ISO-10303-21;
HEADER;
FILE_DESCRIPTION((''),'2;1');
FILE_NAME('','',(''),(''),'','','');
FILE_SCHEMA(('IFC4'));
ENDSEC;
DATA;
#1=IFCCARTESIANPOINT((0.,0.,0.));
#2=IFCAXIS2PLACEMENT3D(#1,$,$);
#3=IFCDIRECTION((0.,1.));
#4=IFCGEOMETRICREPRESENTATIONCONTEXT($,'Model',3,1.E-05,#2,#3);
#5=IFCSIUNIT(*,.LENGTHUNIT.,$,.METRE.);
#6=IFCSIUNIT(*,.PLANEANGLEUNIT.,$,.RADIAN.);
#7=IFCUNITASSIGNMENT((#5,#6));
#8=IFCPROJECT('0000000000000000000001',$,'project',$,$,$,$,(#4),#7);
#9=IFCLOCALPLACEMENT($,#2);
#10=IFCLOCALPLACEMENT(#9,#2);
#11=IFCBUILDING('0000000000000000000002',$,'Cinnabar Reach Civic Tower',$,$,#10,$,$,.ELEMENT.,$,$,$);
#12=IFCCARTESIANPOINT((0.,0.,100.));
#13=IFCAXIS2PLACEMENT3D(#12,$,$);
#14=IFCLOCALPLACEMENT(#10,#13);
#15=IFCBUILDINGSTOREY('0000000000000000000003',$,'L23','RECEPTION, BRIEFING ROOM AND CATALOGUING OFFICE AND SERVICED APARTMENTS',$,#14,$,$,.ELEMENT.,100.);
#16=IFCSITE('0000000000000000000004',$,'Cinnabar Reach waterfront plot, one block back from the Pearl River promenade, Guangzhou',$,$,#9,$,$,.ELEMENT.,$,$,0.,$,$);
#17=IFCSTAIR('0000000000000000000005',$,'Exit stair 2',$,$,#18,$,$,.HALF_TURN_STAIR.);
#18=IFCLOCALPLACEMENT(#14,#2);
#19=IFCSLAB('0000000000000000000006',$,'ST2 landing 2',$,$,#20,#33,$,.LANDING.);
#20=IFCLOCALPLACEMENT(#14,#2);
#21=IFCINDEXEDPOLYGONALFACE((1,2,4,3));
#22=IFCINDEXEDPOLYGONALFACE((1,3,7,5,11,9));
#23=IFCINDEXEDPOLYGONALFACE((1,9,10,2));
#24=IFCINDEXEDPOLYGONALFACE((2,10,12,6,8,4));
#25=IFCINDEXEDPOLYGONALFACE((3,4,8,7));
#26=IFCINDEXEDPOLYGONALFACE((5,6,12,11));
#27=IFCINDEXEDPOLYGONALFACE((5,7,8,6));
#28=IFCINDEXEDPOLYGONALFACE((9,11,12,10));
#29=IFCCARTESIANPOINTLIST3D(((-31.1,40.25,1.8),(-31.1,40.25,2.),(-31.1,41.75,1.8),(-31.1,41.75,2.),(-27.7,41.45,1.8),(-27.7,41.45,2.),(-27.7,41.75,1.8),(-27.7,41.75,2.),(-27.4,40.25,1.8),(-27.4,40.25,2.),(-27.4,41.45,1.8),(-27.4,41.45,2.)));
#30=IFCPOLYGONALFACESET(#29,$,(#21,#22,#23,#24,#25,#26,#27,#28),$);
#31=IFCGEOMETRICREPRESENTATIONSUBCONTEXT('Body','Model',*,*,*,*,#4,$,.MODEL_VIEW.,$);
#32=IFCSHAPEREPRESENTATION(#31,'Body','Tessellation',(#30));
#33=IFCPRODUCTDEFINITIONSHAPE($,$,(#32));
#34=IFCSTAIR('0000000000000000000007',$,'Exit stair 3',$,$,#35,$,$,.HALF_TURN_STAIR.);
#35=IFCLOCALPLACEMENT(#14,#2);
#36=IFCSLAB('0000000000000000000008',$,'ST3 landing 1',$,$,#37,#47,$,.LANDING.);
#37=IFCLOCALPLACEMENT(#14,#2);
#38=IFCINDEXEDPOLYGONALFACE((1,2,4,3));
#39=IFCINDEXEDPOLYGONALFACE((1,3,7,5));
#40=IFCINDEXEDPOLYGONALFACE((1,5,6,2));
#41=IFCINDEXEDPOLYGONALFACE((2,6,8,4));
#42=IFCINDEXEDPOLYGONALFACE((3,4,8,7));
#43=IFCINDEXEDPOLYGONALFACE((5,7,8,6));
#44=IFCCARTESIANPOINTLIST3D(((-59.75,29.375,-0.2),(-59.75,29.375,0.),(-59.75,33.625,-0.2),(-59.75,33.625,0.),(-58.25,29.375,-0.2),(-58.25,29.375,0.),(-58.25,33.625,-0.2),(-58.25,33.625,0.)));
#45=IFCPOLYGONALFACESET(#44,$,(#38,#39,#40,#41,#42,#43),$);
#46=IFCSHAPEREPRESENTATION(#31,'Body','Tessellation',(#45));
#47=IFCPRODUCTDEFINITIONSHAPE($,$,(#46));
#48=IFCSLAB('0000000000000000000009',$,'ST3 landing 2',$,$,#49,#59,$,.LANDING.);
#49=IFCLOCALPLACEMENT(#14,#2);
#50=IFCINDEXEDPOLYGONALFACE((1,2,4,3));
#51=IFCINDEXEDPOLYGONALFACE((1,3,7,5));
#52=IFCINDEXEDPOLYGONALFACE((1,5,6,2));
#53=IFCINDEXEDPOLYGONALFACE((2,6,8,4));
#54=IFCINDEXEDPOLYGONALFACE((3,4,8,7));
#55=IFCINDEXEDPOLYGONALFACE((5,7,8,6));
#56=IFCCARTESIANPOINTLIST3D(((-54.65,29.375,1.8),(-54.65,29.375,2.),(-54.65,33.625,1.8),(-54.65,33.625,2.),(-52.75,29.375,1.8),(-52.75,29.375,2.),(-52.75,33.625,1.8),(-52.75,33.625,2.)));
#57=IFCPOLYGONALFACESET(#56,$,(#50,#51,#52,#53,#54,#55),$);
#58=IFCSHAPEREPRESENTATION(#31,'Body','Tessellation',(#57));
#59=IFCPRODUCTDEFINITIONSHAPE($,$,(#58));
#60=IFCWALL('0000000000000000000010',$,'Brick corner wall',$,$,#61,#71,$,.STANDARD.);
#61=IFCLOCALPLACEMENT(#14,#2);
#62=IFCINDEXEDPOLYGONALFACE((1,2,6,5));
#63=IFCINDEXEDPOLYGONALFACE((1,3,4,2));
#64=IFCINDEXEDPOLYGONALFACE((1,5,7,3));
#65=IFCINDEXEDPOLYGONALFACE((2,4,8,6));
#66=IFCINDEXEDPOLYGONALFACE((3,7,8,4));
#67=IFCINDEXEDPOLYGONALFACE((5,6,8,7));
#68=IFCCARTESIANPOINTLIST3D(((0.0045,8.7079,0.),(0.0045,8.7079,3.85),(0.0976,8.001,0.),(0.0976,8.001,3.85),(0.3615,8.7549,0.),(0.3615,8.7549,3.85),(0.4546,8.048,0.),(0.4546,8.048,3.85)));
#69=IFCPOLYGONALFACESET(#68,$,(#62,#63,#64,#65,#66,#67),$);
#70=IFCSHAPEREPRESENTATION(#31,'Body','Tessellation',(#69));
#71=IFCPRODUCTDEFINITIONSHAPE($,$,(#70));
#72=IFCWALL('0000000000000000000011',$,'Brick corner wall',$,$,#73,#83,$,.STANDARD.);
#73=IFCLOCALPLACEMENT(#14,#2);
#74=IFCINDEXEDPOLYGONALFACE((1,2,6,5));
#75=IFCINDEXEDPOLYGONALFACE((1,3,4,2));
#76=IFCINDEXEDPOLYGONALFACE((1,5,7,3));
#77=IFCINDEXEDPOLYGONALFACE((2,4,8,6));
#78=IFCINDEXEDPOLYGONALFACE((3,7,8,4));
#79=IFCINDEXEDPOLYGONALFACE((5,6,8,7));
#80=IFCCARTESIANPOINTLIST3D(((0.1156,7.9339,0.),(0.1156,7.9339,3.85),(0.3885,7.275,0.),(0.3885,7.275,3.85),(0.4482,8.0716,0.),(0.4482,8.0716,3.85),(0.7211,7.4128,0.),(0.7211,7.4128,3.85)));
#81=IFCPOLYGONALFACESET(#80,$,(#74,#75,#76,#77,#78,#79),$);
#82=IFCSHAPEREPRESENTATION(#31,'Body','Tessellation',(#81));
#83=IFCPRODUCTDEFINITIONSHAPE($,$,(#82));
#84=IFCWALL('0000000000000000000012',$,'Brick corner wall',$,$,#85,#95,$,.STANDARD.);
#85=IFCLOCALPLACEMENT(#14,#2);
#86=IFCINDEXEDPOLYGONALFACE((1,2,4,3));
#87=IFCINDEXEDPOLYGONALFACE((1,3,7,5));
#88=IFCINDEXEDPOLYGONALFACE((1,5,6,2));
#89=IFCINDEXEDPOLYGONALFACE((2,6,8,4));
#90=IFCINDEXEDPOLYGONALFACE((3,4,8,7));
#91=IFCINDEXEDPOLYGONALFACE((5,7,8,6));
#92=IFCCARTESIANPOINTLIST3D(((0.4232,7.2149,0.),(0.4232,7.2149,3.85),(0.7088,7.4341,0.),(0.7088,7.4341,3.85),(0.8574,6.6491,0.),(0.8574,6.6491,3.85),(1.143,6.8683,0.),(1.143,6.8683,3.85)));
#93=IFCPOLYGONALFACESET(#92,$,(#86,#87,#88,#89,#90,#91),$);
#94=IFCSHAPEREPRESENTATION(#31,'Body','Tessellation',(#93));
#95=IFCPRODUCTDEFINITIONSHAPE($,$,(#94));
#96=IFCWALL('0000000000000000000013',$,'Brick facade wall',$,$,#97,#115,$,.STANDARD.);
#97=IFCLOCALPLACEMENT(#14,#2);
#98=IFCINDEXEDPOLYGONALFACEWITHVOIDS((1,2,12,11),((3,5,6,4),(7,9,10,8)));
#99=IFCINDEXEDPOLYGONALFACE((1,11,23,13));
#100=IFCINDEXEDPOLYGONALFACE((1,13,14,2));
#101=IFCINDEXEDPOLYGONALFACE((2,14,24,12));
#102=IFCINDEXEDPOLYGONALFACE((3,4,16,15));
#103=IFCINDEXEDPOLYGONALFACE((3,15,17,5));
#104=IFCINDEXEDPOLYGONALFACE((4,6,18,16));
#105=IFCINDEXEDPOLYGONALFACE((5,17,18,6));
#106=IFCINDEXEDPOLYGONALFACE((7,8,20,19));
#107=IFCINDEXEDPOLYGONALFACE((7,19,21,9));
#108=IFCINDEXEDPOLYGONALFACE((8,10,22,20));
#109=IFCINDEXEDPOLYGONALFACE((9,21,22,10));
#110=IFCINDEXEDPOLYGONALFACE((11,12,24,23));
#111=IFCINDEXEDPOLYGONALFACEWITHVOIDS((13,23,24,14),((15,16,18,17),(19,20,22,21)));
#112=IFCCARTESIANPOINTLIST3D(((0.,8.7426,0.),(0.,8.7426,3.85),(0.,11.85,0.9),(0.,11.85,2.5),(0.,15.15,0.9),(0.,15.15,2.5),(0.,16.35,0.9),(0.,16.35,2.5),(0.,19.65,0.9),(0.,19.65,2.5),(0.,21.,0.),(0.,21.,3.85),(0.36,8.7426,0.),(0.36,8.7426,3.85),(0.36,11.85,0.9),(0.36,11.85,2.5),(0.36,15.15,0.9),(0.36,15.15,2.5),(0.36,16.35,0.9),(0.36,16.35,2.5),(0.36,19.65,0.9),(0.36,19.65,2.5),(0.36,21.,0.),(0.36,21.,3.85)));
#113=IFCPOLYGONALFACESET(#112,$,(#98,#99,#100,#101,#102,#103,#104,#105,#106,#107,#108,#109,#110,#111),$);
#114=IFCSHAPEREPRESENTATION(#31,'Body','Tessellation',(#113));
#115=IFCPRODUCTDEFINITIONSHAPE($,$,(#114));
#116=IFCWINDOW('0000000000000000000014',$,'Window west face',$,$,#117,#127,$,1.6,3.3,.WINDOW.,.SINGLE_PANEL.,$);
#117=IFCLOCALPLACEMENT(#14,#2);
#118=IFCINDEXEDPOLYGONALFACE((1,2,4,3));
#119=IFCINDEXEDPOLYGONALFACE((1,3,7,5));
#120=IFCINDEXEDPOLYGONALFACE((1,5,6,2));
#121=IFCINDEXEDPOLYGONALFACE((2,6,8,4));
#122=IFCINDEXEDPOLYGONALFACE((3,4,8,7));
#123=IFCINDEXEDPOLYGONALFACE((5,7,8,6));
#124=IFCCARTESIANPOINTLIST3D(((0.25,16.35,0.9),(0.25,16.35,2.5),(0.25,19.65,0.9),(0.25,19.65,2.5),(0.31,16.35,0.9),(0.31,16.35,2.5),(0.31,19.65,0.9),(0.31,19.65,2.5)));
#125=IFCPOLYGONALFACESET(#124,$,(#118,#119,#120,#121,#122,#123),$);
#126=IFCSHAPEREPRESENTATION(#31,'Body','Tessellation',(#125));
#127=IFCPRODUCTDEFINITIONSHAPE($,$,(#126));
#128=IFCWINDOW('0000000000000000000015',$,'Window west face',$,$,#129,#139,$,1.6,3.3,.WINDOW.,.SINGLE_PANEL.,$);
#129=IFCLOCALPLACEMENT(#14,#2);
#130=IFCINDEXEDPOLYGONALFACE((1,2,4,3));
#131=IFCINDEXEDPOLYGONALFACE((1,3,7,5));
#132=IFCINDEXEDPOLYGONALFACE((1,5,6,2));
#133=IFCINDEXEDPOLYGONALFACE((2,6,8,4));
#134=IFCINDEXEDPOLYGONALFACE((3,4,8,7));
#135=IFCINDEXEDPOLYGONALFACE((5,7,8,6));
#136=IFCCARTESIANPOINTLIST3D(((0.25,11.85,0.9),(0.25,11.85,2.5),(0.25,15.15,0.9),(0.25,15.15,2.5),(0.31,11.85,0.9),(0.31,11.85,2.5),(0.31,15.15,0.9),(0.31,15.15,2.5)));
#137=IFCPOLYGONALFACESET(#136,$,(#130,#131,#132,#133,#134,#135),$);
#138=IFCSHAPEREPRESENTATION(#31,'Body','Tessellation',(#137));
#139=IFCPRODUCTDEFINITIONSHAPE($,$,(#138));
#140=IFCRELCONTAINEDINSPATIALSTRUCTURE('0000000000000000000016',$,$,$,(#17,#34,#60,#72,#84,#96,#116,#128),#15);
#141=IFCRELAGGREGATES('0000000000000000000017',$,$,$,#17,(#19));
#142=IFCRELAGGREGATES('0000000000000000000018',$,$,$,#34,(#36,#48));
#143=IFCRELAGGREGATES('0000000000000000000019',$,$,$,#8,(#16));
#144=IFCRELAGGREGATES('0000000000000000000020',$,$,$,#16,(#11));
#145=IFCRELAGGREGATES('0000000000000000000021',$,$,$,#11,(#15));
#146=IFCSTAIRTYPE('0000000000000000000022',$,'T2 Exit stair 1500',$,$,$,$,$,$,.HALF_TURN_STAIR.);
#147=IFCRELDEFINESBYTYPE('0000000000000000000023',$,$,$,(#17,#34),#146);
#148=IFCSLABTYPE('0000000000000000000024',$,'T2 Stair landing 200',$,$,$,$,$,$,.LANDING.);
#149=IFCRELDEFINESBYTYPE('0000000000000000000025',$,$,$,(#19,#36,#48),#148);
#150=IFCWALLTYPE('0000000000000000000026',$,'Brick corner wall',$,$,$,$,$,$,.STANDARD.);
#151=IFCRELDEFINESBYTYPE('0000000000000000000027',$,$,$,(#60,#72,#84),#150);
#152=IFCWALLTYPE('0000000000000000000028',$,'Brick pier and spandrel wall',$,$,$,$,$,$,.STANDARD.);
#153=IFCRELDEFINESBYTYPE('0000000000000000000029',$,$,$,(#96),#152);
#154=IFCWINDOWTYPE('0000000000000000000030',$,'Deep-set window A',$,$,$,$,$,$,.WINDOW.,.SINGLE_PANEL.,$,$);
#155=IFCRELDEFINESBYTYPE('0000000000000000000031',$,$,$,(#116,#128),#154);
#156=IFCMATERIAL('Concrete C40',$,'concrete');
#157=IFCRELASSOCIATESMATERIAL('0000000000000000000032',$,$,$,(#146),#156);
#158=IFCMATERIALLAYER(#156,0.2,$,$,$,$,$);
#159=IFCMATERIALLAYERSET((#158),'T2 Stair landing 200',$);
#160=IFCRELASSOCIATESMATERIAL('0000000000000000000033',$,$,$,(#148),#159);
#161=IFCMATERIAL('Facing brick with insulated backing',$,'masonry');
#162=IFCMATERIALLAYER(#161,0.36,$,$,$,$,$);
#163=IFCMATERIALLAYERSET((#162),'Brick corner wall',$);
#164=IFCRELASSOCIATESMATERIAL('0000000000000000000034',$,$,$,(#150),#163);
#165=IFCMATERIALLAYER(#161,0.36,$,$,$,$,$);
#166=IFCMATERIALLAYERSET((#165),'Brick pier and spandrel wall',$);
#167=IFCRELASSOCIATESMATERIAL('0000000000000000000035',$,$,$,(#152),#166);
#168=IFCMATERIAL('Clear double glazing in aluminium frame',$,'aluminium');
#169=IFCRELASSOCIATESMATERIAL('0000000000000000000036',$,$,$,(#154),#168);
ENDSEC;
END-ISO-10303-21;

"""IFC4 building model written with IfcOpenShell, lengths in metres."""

from ifc_helpers import new_model, si_unit, direction, frame, frame_2d, origin, place, context, subcontext, project, spatial, polyline, rectangle, outline, extrude, material, layer, layer_set, type_object, element, fill, aggregate, save


model = new_model("IFC4")

# Units and contexts
model_context = context("Model", 3, precision=1e-05, world=origin(), true_north=direction((0.0, 1.0)))
body_context = subcontext(model_context, "Body", "Model", "MODEL_VIEW")
ifc_project = project(units=[si_unit("LENGTHUNIT", "METRE"), si_unit("PLANEANGLEUNIT", "RADIAN")], contexts=[model_context])

# Site, building, storey
site_placement = place(None, origin())
site = spatial("IfcSite", under=ifc_project, at=site_placement, Name="Cinnabar Reach waterfront plot, one block back from the Pearl River promenade, Guangzhou", CompositionType="ELEMENT", RefElevation=0.0)
building_placement = place(site_placement, origin())
building = spatial("IfcBuilding", under=site, at=building_placement, Name="Cinnabar Reach Civic Tower", CompositionType="ELEMENT")
storey_placement = place(building_placement, frame((0.0, 0.0, 100.0)))
storey = spatial("IfcBuildingStorey", under=building, at=storey_placement, Name="L23", Description="RECEPTION, BRIEFING ROOM AND CATALOGUING OFFICE AND SERVICED APARTMENTS", CompositionType="ELEMENT", Elevation=100.0)

# Shared definitions
ifc_material_1 = material(Name="Concrete C40", Category="concrete")

# Stairs, slabs
stair_type = type_object("IfcStairType", Name="T2 Exit stair 1500", PredefinedType="HALF_TURN_STAIR", material=ifc_material_1)
ifc_layer_1 = layer(ifc_material_1, 0.2)
ifc_layer_set_1 = layer_set([ifc_layer_1], Name="T2 Stair landing 200")
slab_type_1 = type_object("IfcSlabType", Name="T2 Stair landing 200", PredefinedType="LANDING", material=ifc_layer_set_1)
stair_1_placement = place(storey_placement, origin())
stair_1 = element("IfcStair", 1, at=stair_1_placement, inside=storey, type_object=stair_type, Name="Exit stair 2", PredefinedType="HALF_TURN_STAIR")
slab_1_placement = place(storey_placement, frame((0.0, 0.0, 1.8)))
slab_1 = element("IfcSlab", 2, at=slab_1_placement, type_object=slab_type_1, Name="ST2 landing 2", PredefinedType="LANDING", context=body_context, shape_type="SweptSolid", body=[
    extrude(outline(polyline([(-27.4, 40.25), (-31.1, 40.25), (-31.1, 41.75), (-27.7, 41.75), (-27.7, 41.45), (-27.4, 41.45), (-27.4, 40.25)])), origin(), (0.0, 0.0, 1.0), 0.2),
])
aggregate(stair_1, [slab_1])
stair_2_placement = place(storey_placement, origin())
stair_2 = element("IfcStair", 3, at=stair_2_placement, inside=storey, type_object=stair_type, Name="Exit stair 3", PredefinedType="HALF_TURN_STAIR")
slab_2_placement = place(storey_placement, frame((0.0, 0.0, -0.2)))
slab_2 = element("IfcSlab", 4, at=slab_2_placement, type_object=slab_type_1, Name="ST3 landing 1", PredefinedType="LANDING", context=body_context, shape_type="SweptSolid", body=[
    extrude(outline(polyline([(-59.75, 29.375), (-59.75, 33.625), (-58.25, 33.625), (-58.25, 29.375), (-59.75, 29.375)])), origin(), (0.0, 0.0, 1.0), 0.2),
])
slab_3_placement = place(storey_placement, frame((0.0, 0.0, 1.8)))
slab_3 = element("IfcSlab", 5, at=slab_3_placement, type_object=slab_type_1, Name="ST3 landing 2", PredefinedType="LANDING", context=body_context, shape_type="SweptSolid", body=[
    extrude(outline(polyline([(-54.65, 29.375), (-54.65, 33.625), (-52.75, 33.625), (-52.75, 29.375), (-54.65, 29.375)])), origin(), (0.0, 0.0, 1.0), 0.2),
])
aggregate(stair_2, [slab_2, slab_3])

# Walls
ifc_material_2 = material(Name="Facing brick with insulated backing", Category="masonry")
ifc_layer_2 = layer(ifc_material_2, 0.36)
ifc_layer_set_2 = layer_set([ifc_layer_2], Name="Brick corner wall")
wall_type_1 = type_object("IfcWallType", Name="Brick corner wall", PredefinedType="STANDARD", material=ifc_layer_set_2)
for number, where, z_axis, x_axis, name in (
    (6, (0.183, 8.7314, 0.0), (0.0, 0.0, 1.0), (0.130556, -0.991441, 0.0), "Brick corner wall"),
    (7, (0.2819, 8.0027, 0.0), (0.0, 0.0, 1.0), (0.382703, -0.923872, 0.0), "Brick corner wall"),
):
    element("IfcWall", number, at=place(storey_placement, frame(where, z_axis=z_axis, x_axis=x_axis)), inside=storey, type_object=wall_type_1, Name=name, PredefinedType="STANDARD", context=body_context, shape_type="SweptSolid", body=[
        extrude(rectangle(XDim=0.7131, YDim=0.36, at=frame_2d((0.3565, 0.0))), origin(), (0.0, 0.0, 1.0), 3.85),
    ])
wall_1_placement = place(storey_placement, frame((0.566, 7.3245, 0.0), z_axis=(0.0, 0.0, 1.0), x_axis=(0.608802, -0.793322, 0.0)))
element("IfcWall", 8, at=wall_1_placement, inside=storey, type_object=wall_type_1, Name="Brick corner wall", PredefinedType="STANDARD", context=body_context, shape_type="SweptSolid", body=[
    extrude(rectangle(XDim=0.7132, YDim=0.36, at=frame_2d((0.3566, 0.0))), origin(), (0.0, 0.0, 1.0), 3.85),
])

# Wall, openings, windows
ifc_layer_3 = layer(ifc_material_2, 0.36)
ifc_layer_set_3 = layer_set([ifc_layer_3], Name="Brick pier and spandrel wall")
wall_type_2 = type_object("IfcWallType", Name="Brick pier and spandrel wall", PredefinedType="STANDARD", material=ifc_layer_set_3)
wall_2_placement = place(storey_placement, frame((0.18, 21.0, 0.0), z_axis=(0.0, 0.0, 1.0), x_axis=(0.0, -1.0, 0.0)))
wall_2 = element("IfcWall", 9, at=wall_2_placement, inside=storey, type_object=wall_type_2, Name="Brick facade wall", PredefinedType="STANDARD", context=body_context, shape_type="SweptSolid", body=[
    extrude(rectangle(XDim=12.2574, YDim=0.36, at=frame_2d((6.1287, 0.0))), origin(), (0.0, 0.0, 1.0), 3.85),
])
opening_1_placement = place(wall_2_placement, frame((1.35, 0.0, 0.9)))
opening_1 = element("IfcOpeningElement", 10, at=opening_1_placement, cuts=wall_2, PredefinedType="OPENING", context=body_context, shape_type="SweptSolid", body=[
    extrude(rectangle(XDim=3.3, YDim=1.6, at=frame_2d((1.65, 0.8))), frame((0.0, 0.19, 0.0), z_axis=(0.0, -1.0, 0.0), x_axis=(1.0, 0.0, 0.0)), (0.0, 0.0, 1.0), 0.38),
])
opening_2_placement = place(wall_2_placement, frame((5.85, 0.0, 0.9)))
opening_2 = element("IfcOpeningElement", 11, at=opening_2_placement, cuts=wall_2, PredefinedType="OPENING", context=body_context, shape_type="SweptSolid", body=[
    extrude(rectangle(XDim=3.3, YDim=1.6, at=frame_2d((1.65, 0.8))), frame((0.0, 0.19, 0.0), z_axis=(0.0, -1.0, 0.0), x_axis=(1.0, 0.0, 0.0)), (0.0, 0.0, 1.0), 0.38),
])
ifc_material_3 = material(Name="Clear double glazing in aluminium frame", Category="aluminium")
window_type = type_object("IfcWindowType", Name="Deep-set window A", PartitioningType="SINGLE_PANEL", PredefinedType="WINDOW", material=ifc_material_3)
window_1_placement = place(opening_1_placement, origin())
window_1 = element("IfcWindow", 12, at=window_1_placement, inside=storey, type_object=window_type, Name="Window west face", OverallHeight=1.6, OverallWidth=3.3, PartitioningType="SINGLE_PANEL", PredefinedType="WINDOW", context=body_context, shape_type="SweptSolid", body=[
    extrude(rectangle(XDim=3.3, YDim=1.6, at=frame_2d((1.65, 0.8))), frame((0.0, 0.13, 0.0), z_axis=(0.0, -1.0, 0.0), x_axis=(1.0, 0.0, 0.0)), (0.0, 0.0, 1.0), 0.06),
])
fill(opening_1, window_1)
window_2_placement = place(opening_2_placement, origin())
window_2 = element("IfcWindow", 13, at=window_2_placement, inside=storey, type_object=window_type, Name="Window west face", OverallHeight=1.6, OverallWidth=3.3, PartitioningType="SINGLE_PANEL", PredefinedType="WINDOW", context=body_context, shape_type="SweptSolid", body=[
    extrude(rectangle(XDim=3.3, YDim=1.6, at=frame_2d((1.65, 0.8))), frame((0.0, 0.13, 0.0), z_axis=(0.0, -1.0, 0.0), x_axis=(1.0, 0.0, 0.0)), (0.0, 0.0, 1.0), 0.06),
])
fill(opening_2, window_2)

save(model, "model.ifc")
